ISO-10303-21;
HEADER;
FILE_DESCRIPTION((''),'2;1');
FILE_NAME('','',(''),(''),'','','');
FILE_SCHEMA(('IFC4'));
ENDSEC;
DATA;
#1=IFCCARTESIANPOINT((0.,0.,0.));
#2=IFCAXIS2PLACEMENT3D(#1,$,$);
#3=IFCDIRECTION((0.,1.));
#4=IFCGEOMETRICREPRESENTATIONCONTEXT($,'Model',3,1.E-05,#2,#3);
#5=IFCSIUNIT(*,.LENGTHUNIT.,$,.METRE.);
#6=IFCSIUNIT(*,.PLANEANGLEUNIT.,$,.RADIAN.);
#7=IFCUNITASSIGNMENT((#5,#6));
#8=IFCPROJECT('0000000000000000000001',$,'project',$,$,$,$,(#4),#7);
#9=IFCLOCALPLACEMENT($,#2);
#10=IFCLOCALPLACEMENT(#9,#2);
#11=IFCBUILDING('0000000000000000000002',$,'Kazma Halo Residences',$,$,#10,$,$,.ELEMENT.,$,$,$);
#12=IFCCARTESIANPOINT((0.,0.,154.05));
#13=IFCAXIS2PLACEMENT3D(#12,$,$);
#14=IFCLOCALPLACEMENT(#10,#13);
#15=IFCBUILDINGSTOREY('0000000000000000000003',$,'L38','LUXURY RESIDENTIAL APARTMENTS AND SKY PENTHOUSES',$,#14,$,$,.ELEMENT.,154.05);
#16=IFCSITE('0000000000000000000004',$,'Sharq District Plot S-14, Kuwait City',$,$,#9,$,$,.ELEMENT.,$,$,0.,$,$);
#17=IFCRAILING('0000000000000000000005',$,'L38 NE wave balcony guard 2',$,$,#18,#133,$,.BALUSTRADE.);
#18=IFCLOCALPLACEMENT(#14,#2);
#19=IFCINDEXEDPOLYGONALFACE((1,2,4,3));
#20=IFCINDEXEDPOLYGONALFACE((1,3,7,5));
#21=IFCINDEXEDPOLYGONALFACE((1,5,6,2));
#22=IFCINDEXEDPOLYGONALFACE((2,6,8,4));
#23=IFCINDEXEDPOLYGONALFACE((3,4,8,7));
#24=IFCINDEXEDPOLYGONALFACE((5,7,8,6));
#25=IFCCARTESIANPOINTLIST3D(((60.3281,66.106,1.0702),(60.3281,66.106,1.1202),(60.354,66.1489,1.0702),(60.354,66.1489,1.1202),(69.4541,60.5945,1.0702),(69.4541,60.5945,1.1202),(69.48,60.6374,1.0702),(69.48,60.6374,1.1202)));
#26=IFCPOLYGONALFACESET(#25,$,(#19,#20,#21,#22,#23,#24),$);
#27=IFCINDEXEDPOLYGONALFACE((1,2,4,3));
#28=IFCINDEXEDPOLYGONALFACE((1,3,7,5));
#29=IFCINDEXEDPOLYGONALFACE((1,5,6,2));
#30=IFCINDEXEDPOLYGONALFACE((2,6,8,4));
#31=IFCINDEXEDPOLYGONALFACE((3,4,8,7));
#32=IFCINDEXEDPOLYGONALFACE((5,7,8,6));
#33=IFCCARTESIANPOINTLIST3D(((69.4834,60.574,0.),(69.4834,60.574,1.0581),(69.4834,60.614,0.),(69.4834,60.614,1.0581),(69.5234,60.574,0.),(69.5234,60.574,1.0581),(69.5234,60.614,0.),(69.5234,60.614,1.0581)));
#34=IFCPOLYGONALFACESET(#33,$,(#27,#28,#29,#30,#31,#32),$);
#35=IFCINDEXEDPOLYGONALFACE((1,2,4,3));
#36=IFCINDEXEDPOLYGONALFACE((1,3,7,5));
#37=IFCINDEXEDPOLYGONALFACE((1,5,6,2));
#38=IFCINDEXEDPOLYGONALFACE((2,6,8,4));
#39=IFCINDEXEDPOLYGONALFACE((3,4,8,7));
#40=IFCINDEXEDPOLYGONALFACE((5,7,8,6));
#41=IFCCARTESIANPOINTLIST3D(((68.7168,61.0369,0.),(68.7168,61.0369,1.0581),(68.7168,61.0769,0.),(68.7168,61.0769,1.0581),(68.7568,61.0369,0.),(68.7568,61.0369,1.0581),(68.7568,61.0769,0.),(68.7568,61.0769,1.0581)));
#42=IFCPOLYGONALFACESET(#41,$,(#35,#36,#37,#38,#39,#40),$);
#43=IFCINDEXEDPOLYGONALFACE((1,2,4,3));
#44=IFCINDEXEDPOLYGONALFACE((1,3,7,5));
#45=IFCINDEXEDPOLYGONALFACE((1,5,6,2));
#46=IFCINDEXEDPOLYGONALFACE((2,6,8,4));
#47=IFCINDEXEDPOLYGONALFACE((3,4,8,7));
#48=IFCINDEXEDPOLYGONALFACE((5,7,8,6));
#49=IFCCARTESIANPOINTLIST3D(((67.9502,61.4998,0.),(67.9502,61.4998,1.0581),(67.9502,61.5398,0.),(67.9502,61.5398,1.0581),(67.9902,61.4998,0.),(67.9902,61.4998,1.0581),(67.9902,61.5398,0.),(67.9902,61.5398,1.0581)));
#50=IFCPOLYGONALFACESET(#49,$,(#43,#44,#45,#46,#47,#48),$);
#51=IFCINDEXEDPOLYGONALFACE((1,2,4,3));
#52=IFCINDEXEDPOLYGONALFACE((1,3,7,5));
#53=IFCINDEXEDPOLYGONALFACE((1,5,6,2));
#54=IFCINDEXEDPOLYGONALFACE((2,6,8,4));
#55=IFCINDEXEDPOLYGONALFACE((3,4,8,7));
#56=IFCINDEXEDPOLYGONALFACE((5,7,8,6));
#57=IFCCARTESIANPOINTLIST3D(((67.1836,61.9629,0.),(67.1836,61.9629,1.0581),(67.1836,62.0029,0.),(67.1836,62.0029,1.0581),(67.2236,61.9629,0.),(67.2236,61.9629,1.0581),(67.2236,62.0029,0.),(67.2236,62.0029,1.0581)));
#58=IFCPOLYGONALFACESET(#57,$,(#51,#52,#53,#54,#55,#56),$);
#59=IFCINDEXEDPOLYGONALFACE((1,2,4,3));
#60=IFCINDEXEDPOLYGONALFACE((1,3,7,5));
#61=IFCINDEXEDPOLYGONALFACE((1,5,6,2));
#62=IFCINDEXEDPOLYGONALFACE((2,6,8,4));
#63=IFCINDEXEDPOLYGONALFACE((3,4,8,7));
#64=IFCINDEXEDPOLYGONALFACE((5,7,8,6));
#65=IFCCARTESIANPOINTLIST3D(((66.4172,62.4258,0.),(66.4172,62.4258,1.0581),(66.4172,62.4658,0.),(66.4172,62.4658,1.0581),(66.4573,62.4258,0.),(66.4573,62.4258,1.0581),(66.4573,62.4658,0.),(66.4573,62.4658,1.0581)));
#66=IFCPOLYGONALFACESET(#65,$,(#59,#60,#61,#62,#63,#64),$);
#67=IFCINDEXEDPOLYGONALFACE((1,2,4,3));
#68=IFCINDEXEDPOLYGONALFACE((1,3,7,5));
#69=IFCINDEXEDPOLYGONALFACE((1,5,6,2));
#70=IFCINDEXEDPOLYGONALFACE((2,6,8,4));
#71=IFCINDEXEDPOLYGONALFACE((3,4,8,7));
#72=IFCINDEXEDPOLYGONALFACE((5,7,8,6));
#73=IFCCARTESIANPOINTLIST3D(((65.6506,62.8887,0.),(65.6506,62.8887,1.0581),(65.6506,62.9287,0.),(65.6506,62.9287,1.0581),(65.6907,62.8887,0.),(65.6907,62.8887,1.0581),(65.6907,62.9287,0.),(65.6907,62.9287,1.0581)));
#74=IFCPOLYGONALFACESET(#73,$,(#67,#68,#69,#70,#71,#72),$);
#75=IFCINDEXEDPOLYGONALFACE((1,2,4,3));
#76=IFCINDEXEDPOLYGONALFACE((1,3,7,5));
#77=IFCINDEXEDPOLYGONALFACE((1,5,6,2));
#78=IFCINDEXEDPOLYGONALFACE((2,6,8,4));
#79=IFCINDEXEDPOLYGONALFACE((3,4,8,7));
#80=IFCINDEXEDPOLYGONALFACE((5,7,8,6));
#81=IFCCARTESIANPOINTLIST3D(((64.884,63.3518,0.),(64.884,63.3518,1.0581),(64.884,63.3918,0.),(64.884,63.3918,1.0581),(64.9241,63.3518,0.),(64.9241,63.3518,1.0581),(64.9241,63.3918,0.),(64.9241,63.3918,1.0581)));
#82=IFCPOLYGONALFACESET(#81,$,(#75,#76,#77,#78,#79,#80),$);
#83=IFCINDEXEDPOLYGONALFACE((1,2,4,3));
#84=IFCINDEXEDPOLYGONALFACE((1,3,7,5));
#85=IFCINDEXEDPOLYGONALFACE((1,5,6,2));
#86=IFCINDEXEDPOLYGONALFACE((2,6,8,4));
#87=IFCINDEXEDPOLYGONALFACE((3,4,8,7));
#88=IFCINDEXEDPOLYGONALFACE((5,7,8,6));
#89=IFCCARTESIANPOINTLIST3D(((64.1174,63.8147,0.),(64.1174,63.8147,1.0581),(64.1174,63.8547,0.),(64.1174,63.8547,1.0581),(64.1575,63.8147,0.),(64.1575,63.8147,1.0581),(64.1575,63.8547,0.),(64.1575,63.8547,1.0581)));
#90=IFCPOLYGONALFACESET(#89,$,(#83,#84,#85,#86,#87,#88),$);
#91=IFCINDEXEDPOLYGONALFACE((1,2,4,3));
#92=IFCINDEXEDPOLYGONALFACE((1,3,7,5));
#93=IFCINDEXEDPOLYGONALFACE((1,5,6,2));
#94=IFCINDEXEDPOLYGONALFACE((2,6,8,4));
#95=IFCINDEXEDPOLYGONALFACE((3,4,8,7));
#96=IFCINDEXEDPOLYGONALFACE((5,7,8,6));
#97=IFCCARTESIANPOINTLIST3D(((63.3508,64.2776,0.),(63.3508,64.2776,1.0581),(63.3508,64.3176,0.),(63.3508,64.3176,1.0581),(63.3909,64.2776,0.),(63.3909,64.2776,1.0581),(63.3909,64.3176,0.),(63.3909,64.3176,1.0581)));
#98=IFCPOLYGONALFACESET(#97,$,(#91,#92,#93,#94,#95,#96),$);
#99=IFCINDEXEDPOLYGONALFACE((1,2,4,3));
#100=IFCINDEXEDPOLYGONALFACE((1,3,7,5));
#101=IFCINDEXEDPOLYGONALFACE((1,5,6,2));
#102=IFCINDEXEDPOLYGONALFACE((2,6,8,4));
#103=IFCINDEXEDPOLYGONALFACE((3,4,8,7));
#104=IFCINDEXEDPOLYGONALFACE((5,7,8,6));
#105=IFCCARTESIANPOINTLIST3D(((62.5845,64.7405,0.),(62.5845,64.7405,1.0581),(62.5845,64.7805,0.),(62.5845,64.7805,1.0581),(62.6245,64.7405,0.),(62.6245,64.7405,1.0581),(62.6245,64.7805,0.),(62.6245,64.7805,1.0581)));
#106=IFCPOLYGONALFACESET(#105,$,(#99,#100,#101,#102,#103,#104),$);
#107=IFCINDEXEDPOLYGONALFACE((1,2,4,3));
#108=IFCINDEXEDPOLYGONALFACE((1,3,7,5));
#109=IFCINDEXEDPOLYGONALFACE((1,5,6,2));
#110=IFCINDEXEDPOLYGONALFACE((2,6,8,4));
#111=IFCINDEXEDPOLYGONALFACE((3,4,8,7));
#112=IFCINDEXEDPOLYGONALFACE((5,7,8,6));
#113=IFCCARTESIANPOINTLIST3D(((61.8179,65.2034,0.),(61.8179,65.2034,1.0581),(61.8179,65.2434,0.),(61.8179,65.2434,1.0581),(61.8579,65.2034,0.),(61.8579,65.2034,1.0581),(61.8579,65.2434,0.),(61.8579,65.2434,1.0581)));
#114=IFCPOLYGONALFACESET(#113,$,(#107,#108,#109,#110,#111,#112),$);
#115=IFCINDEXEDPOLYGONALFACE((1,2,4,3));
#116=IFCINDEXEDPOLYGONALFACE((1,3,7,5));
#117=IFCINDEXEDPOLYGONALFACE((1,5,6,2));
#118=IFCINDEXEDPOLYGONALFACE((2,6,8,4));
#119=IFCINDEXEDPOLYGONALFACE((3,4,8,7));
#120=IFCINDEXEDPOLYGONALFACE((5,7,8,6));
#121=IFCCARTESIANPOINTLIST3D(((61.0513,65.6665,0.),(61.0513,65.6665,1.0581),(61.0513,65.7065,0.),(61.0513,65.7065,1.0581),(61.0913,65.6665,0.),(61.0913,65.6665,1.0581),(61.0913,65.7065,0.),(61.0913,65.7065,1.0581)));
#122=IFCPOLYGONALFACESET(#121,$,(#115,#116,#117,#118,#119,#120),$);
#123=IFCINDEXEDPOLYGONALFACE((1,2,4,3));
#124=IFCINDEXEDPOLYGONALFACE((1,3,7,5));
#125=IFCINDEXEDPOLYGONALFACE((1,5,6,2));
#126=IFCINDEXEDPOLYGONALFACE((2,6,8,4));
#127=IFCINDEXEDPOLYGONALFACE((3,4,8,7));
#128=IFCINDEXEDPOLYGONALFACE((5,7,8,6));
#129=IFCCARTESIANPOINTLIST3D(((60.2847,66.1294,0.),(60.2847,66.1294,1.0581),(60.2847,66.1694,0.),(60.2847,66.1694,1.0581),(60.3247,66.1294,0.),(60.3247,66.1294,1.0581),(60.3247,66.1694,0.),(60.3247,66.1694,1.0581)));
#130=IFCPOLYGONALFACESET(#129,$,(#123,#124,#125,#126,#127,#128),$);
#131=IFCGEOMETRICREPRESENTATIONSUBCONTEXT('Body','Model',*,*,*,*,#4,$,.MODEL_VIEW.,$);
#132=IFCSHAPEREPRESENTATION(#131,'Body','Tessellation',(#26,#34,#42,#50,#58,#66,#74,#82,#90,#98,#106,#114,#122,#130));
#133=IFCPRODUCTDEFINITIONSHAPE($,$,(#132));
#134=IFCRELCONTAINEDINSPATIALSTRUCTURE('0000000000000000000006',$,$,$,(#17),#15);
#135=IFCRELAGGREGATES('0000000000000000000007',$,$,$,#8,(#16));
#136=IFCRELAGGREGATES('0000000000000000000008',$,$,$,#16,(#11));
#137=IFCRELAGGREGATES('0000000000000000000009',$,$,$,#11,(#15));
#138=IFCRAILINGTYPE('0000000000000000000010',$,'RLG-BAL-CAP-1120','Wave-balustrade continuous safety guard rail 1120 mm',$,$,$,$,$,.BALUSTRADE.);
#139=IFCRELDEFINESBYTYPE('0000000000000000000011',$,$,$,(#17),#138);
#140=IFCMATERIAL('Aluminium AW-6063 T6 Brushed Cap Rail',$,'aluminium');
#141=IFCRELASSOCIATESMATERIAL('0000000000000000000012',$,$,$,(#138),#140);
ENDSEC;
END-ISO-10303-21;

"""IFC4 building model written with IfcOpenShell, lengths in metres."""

from ifc_helpers import new_model, si_unit, direction, frame, origin, origin_2d, place, context, subcontext, project, spatial, rectangle, extrude, material, type_object, element, save


model = new_model("IFC4")

# Units and contexts
model_context = context("Model", 3, precision=1e-05, world=origin(), true_north=direction((0.0, 1.0)))
body_context = subcontext(model_context, "Body", "Model", "MODEL_VIEW")
ifc_project = project(units=[si_unit("LENGTHUNIT", "METRE"), si_unit("PLANEANGLEUNIT", "RADIAN")], contexts=[model_context])

# Site, building, storey
site_placement = place(None, origin())
site = spatial("IfcSite", under=ifc_project, at=site_placement, Name="Sharq District Plot S-14, Kuwait City", CompositionType="ELEMENT", RefElevation=0.0)
building_placement = place(site_placement, origin())
building = spatial("IfcBuilding", under=site, at=building_placement, Name="Kazma Halo Residences", CompositionType="ELEMENT")
storey_placement = place(building_placement, frame((0.0, 0.0, 154.05)))
storey = spatial("IfcBuildingStorey", under=building, at=storey_placement, Name="L38", Description="LUXURY RESIDENTIAL APARTMENTS AND SKY PENTHOUSES", CompositionType="ELEMENT", Elevation=154.05)

# Railing
ifc_material_1 = material(Name="Aluminium AW-6063 T6 Brushed Cap Rail", Category="aluminium")
railing_type = type_object("IfcRailingType", Name="RLG-BAL-CAP-1120", Description="Wave-balustrade continuous safety guard rail 1120 mm", PredefinedType="BALUSTRADE", material=ifc_material_1)
railing_1_placement = place(storey_placement, frame((69.5034, 60.594, 0.0)))
element("IfcRailing", 1, at=railing_1_placement, inside=storey, type_object=railing_type, Name="L38 NE wave balcony guard 2", PredefinedType="BALUSTRADE", context=body_context, shape_type="SweptSolid", body=[
    extrude(rectangle(XDim=0.05, YDim=0.05, at=origin_2d()), frame((-0.0364, 0.022, 1.0952), z_axis=(-0.856004, 0.516969, 0.0), x_axis=(-0.516969, -0.856004, 0.0)), (0.0, 0.0, 1.0), 10.6611),
    extrude(rectangle(XDim=0.04, YDim=0.04, at=origin_2d()), origin(), (0.0, 0.0, 1.0), 1.0581),
    extrude(rectangle(XDim=0.04, YDim=0.04, at=origin_2d()), frame((-0.7666, 0.4629, 0.0)), (0.0, 0.0, 1.0), 1.0581),
    extrude(rectangle(XDim=0.04, YDim=0.04, at=origin_2d()), frame((-1.5332, 0.9258, 0.0)), (0.0, 0.0, 1.0), 1.0581),
    extrude(rectangle(XDim=0.04, YDim=0.04, at=origin_2d()), frame((-2.2998, 1.3889, 0.0)), (0.0, 0.0, 1.0), 1.0581),
    extrude(rectangle(XDim=0.04, YDim=0.04, at=origin_2d()), frame((-3.0662, 1.8518, 0.0)), (0.0, 0.0, 1.0), 1.0581),
    extrude(rectangle(XDim=0.04, YDim=0.04, at=origin_2d()), frame((-3.8328, 2.3147, 0.0)), (0.0, 0.0, 1.0), 1.0581),
    extrude(rectangle(XDim=0.04, YDim=0.04, at=origin_2d()), frame((-4.5994, 2.7778, 0.0)), (0.0, 0.0, 1.0), 1.0581),
    extrude(rectangle(XDim=0.04, YDim=0.04, at=origin_2d()), frame((-5.366, 3.2407, 0.0)), (0.0, 0.0, 1.0), 1.0581),
    extrude(rectangle(XDim=0.04, YDim=0.04, at=origin_2d()), frame((-6.1326, 3.7036, 0.0)), (0.0, 0.0, 1.0), 1.0581),
    extrude(rectangle(XDim=0.04, YDim=0.04, at=origin_2d()), frame((-6.8989, 4.1665, 0.0)), (0.0, 0.0, 1.0), 1.0581),
    extrude(rectangle(XDim=0.04, YDim=0.04, at=origin_2d()), frame((-7.6655, 4.6294, 0.0)), (0.0, 0.0, 1.0), 1.0581),
    extrude(rectangle(XDim=0.04, YDim=0.04, at=origin_2d()), frame((-8.4321, 5.0925, 0.0)), (0.0, 0.0, 1.0), 1.0581),
    extrude(rectangle(XDim=0.04, YDim=0.04, at=origin_2d()), frame((-9.1987, 5.5554, 0.0)), (0.0, 0.0, 1.0), 1.0581),
])

save(model, "model.ifc")
